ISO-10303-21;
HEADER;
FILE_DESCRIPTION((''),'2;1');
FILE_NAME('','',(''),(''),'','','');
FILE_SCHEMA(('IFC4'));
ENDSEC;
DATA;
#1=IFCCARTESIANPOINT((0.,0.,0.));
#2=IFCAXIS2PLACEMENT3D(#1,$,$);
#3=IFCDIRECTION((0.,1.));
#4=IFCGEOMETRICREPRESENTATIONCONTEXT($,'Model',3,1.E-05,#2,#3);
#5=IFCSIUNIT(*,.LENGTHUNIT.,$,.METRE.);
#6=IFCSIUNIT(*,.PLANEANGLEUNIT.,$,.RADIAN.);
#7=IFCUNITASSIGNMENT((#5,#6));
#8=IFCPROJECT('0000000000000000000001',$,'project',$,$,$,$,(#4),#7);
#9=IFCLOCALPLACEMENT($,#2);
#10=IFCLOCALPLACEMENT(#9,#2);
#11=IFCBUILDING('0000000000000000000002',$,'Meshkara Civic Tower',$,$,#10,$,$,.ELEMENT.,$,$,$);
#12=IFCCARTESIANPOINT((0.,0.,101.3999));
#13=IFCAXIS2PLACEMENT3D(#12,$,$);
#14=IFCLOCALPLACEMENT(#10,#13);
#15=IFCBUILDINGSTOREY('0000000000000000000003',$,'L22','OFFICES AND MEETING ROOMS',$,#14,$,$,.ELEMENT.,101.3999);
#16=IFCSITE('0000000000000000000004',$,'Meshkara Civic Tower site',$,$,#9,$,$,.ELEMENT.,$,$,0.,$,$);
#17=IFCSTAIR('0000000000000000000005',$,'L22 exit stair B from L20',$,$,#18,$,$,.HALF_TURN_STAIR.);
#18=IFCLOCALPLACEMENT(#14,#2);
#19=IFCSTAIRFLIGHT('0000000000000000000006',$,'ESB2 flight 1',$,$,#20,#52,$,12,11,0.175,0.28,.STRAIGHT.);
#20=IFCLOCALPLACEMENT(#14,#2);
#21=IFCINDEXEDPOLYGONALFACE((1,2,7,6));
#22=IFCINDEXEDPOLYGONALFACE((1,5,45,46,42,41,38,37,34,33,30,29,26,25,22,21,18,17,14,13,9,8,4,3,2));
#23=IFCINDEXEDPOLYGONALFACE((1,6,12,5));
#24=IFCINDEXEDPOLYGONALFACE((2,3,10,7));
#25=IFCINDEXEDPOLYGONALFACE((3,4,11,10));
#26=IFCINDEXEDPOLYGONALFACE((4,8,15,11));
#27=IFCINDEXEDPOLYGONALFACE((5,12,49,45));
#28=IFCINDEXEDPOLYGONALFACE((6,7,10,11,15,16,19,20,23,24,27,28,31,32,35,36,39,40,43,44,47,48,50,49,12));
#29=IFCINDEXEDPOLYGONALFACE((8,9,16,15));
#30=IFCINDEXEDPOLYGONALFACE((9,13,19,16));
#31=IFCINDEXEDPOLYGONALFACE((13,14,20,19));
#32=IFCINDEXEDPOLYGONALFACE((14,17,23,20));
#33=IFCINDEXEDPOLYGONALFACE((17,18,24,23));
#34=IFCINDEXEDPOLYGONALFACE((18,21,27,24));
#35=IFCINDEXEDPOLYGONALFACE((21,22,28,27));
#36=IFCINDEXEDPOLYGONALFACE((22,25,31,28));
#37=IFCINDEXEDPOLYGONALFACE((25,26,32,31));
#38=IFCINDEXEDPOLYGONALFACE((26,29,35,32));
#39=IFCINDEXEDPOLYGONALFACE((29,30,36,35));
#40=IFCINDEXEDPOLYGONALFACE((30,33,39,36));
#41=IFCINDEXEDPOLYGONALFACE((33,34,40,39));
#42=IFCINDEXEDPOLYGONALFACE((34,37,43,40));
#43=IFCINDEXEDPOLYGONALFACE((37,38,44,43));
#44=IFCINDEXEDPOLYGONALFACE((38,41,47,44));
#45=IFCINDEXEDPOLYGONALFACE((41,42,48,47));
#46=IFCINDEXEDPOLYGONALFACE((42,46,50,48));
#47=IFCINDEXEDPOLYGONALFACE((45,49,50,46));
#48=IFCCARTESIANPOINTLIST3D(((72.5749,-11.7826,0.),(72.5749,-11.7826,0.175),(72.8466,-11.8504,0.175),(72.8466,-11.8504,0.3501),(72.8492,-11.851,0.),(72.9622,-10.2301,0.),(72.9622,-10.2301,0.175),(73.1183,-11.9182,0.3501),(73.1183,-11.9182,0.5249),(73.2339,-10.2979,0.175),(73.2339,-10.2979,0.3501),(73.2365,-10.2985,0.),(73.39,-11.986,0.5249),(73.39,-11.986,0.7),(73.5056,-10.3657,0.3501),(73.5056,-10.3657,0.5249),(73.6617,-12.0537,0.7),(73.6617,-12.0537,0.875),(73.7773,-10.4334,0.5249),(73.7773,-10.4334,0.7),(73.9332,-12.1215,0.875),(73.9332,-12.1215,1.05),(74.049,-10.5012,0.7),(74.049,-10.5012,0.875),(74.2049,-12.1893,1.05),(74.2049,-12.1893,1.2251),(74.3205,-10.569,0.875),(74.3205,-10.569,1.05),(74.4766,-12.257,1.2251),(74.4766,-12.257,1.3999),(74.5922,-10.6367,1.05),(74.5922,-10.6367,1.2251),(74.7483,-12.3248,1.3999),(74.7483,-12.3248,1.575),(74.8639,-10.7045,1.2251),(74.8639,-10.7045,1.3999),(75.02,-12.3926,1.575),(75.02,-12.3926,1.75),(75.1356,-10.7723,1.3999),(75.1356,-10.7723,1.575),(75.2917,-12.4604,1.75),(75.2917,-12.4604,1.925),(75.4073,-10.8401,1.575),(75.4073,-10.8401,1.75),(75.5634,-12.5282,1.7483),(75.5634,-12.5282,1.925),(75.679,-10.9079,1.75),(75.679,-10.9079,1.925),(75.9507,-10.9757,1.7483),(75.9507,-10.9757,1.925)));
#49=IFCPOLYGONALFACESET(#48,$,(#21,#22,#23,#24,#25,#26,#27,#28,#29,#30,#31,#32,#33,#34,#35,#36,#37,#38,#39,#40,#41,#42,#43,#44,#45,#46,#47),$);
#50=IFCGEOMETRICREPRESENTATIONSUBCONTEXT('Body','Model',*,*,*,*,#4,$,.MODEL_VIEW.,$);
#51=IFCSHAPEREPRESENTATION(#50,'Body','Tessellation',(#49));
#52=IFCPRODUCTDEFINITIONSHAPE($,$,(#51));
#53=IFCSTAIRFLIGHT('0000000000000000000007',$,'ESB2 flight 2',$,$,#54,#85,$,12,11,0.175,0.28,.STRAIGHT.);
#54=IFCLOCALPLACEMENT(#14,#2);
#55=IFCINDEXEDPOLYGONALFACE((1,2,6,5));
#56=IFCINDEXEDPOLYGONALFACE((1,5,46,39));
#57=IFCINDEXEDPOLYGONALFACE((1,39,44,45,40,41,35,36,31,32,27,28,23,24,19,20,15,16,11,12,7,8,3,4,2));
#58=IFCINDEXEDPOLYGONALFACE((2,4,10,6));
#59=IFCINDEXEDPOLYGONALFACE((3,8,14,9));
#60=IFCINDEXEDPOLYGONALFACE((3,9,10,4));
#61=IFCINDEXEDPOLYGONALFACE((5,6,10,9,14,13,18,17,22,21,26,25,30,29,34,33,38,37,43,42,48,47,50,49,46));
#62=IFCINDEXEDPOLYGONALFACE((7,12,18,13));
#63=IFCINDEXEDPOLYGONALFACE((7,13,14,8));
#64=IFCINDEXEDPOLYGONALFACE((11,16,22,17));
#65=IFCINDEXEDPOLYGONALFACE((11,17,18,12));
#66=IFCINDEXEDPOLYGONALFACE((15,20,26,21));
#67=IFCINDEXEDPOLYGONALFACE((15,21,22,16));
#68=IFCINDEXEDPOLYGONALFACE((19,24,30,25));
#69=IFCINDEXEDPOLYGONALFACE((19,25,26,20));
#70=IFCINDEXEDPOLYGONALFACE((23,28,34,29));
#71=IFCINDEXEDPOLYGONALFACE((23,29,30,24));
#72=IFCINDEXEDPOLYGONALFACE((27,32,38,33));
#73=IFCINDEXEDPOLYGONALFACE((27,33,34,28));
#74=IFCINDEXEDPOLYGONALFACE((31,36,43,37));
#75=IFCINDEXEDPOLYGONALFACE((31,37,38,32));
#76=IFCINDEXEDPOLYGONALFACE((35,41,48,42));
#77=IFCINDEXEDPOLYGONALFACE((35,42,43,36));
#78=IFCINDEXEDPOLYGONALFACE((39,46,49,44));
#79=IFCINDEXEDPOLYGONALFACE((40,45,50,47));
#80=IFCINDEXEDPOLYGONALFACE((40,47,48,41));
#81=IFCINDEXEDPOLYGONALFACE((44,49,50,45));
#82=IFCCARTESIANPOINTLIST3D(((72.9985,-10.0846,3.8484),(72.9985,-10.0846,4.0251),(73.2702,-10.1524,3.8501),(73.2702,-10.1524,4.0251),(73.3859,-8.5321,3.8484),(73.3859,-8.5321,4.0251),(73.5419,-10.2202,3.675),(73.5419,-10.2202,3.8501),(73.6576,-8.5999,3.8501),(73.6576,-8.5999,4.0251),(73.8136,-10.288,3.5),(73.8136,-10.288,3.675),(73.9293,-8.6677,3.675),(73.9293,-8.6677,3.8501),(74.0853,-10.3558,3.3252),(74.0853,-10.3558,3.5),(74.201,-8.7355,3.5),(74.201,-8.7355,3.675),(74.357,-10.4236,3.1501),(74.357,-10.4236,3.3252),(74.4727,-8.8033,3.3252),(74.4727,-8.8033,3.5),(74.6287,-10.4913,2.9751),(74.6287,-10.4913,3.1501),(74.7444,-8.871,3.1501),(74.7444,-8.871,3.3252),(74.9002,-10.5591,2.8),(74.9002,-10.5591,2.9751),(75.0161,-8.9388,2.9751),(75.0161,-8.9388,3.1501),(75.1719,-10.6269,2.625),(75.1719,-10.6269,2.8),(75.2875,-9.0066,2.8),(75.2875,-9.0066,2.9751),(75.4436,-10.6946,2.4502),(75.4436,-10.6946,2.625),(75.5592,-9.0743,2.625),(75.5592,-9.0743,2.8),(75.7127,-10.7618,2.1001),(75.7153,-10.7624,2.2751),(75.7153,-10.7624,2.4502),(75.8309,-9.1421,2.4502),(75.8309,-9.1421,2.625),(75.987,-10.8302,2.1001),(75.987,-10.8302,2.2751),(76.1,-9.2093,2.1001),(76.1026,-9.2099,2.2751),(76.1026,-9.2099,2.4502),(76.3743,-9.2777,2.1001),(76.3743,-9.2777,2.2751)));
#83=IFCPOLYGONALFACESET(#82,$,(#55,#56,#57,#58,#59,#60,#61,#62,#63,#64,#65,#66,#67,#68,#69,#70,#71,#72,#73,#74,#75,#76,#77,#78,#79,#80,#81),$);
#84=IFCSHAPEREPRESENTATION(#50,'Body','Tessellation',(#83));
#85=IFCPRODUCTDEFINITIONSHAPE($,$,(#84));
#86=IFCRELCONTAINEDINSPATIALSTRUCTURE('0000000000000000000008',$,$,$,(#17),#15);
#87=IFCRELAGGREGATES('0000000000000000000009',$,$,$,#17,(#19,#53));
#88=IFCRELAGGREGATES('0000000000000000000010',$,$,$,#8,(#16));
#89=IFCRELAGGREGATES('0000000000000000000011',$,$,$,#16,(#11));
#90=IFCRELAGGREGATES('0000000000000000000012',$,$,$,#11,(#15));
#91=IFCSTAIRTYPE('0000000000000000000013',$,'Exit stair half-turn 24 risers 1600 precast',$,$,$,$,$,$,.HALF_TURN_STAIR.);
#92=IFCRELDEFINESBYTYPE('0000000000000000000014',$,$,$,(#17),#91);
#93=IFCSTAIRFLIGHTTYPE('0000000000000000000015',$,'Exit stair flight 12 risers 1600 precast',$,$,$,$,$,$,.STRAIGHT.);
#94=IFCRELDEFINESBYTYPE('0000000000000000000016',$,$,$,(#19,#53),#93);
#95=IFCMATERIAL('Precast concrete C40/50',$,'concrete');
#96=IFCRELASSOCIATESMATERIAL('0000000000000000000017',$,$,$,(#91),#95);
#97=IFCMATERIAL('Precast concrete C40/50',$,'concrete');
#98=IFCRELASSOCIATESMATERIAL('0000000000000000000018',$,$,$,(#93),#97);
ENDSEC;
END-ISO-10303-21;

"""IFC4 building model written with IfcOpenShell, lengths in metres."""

from ifc_helpers import new_model, si_unit, direction, frame, origin, place, context, subcontext, project, spatial, polyline, outline, extrude, material, type_object, element, aggregate, save


model = new_model("IFC4")

# Units and contexts
model_context = context("Model", 3, precision=1e-05, world=origin(), true_north=direction((0.0, 1.0)))
body_context = subcontext(model_context, "Body", "Model", "MODEL_VIEW")
ifc_project = project(units=[si_unit("LENGTHUNIT", "METRE"), si_unit("PLANEANGLEUNIT", "RADIAN")], contexts=[model_context])

# Site, building, storey
site_placement = place(None, origin())
site = spatial("IfcSite", under=ifc_project, at=site_placement, Name="Meshkara Civic Tower site", CompositionType="ELEMENT", RefElevation=0.0)
building_placement = place(site_placement, origin())
building = spatial("IfcBuilding", under=site, at=building_placement, Name="Meshkara Civic Tower", CompositionType="ELEMENT")
storey_placement = place(building_placement, frame((0.0, 0.0, 101.3999)))
storey = spatial("IfcBuildingStorey", under=building, at=storey_placement, Name="L22", Description="OFFICES AND MEETING ROOMS", CompositionType="ELEMENT", Elevation=101.3999)

# Stair, stair flights
ifc_material_1 = material(Name="Precast concrete C40/50", Category="concrete")
stair_type = type_object("IfcStairType", Name="Exit stair half-turn 24 risers 1600 precast", PredefinedType="HALF_TURN_STAIR", material=ifc_material_1)
stair_placement = place(storey_placement, origin())
stair = element("IfcStair", 1, at=stair_placement, inside=storey, type_object=stair_type, Name="L22 exit stair B from L20", PredefinedType="HALF_TURN_STAIR")
ifc_material_2 = material(Name="Precast concrete C40/50", Category="concrete")
stair_flight_type = type_object("IfcStairFlightType", Name="Exit stair flight 12 risers 1600 precast", PredefinedType="STRAIGHT", material=ifc_material_2)
stair_flight_1_placement = place(storey_placement, frame((72.7686, -11.0063, 0.0), z_axis=(0.0, 0.0, 1.0), x_axis=(0.97026, -0.242065, 0.0)))
stair_flight_1 = element("IfcStairFlight", 2, at=stair_flight_1_placement, type_object=stair_flight_type, Name="ESB2 flight 1", NumberOfRisers=12, NumberOfTreads=11, PredefinedType="STRAIGHT", RiserHeight=0.175, TreadLength=0.28, context=body_context, shape_type="SweptSolid", body=[
    extrude(outline(polyline([(0.0, 0.0), (0.0, 0.175), (0.28, 0.175), (0.28, 0.3501), (0.5601, 0.3501), (0.5601, 0.5249), (0.8401, 0.5249), (0.8401, 0.7), (1.1201, 0.7), (1.1201, 0.875), (1.3999, 0.875), (1.3999, 1.05), (1.6799, 1.05), (1.6799, 1.2251), (1.96, 1.2251), (1.96, 1.3999), (2.24, 1.3999), (2.24, 1.575), (2.52, 1.575), (2.52, 1.75), (2.8, 1.75), (2.8, 1.925), (3.0801, 1.925), (3.0801, 2.1001), (3.0801, 1.7483), (0.2827, 0.0), (0.0, 0.0)])), frame((0.0, 0.8, 0.0), z_axis=(0.0, -1.0, 0.0), x_axis=(1.0, 0.0, 0.0)), (0.0, 0.0, 1.0), 1.6001),
])
stair_flight_2_placement = place(storey_placement, frame((76.1807, -10.054, 2.1001), z_axis=(0.0, 0.0, 1.0), x_axis=(-0.97026, 0.242065, 0.0)))
stair_flight_2 = element("IfcStairFlight", 3, at=stair_flight_2_placement, type_object=stair_flight_type, Name="ESB2 flight 2", NumberOfRisers=12, NumberOfTreads=11, PredefinedType="STRAIGHT", RiserHeight=0.175, TreadLength=0.28, context=body_context, shape_type="SweptSolid", body=[
    extrude(outline(polyline([(0.0, 0.0), (0.0, 0.175), (0.28, 0.175), (0.28, 0.3501), (0.5601, 0.3501), (0.5601, 0.5249), (0.8401, 0.5249), (0.8401, 0.7), (1.1201, 0.7), (1.1201, 0.875), (1.3999, 0.875), (1.3999, 1.05), (1.6799, 1.05), (1.6799, 1.2251), (1.96, 1.2251), (1.96, 1.3999), (2.24, 1.3999), (2.24, 1.575), (2.52, 1.575), (2.52, 1.75), (2.8, 1.75), (2.8, 1.925), (3.0801, 1.925), (3.0801, 2.1001), (3.0801, 1.7483), (0.2827, 0.0), (0.0, 0.0)])), frame((0.0, 0.8, 0.0), z_axis=(0.0, -1.0, 0.0), x_axis=(1.0, 0.0, 0.0)), (0.0, 0.0, 1.0), 1.6001),
])
aggregate(stair, [stair_flight_1, stair_flight_2])

save(model, "model.ifc")
